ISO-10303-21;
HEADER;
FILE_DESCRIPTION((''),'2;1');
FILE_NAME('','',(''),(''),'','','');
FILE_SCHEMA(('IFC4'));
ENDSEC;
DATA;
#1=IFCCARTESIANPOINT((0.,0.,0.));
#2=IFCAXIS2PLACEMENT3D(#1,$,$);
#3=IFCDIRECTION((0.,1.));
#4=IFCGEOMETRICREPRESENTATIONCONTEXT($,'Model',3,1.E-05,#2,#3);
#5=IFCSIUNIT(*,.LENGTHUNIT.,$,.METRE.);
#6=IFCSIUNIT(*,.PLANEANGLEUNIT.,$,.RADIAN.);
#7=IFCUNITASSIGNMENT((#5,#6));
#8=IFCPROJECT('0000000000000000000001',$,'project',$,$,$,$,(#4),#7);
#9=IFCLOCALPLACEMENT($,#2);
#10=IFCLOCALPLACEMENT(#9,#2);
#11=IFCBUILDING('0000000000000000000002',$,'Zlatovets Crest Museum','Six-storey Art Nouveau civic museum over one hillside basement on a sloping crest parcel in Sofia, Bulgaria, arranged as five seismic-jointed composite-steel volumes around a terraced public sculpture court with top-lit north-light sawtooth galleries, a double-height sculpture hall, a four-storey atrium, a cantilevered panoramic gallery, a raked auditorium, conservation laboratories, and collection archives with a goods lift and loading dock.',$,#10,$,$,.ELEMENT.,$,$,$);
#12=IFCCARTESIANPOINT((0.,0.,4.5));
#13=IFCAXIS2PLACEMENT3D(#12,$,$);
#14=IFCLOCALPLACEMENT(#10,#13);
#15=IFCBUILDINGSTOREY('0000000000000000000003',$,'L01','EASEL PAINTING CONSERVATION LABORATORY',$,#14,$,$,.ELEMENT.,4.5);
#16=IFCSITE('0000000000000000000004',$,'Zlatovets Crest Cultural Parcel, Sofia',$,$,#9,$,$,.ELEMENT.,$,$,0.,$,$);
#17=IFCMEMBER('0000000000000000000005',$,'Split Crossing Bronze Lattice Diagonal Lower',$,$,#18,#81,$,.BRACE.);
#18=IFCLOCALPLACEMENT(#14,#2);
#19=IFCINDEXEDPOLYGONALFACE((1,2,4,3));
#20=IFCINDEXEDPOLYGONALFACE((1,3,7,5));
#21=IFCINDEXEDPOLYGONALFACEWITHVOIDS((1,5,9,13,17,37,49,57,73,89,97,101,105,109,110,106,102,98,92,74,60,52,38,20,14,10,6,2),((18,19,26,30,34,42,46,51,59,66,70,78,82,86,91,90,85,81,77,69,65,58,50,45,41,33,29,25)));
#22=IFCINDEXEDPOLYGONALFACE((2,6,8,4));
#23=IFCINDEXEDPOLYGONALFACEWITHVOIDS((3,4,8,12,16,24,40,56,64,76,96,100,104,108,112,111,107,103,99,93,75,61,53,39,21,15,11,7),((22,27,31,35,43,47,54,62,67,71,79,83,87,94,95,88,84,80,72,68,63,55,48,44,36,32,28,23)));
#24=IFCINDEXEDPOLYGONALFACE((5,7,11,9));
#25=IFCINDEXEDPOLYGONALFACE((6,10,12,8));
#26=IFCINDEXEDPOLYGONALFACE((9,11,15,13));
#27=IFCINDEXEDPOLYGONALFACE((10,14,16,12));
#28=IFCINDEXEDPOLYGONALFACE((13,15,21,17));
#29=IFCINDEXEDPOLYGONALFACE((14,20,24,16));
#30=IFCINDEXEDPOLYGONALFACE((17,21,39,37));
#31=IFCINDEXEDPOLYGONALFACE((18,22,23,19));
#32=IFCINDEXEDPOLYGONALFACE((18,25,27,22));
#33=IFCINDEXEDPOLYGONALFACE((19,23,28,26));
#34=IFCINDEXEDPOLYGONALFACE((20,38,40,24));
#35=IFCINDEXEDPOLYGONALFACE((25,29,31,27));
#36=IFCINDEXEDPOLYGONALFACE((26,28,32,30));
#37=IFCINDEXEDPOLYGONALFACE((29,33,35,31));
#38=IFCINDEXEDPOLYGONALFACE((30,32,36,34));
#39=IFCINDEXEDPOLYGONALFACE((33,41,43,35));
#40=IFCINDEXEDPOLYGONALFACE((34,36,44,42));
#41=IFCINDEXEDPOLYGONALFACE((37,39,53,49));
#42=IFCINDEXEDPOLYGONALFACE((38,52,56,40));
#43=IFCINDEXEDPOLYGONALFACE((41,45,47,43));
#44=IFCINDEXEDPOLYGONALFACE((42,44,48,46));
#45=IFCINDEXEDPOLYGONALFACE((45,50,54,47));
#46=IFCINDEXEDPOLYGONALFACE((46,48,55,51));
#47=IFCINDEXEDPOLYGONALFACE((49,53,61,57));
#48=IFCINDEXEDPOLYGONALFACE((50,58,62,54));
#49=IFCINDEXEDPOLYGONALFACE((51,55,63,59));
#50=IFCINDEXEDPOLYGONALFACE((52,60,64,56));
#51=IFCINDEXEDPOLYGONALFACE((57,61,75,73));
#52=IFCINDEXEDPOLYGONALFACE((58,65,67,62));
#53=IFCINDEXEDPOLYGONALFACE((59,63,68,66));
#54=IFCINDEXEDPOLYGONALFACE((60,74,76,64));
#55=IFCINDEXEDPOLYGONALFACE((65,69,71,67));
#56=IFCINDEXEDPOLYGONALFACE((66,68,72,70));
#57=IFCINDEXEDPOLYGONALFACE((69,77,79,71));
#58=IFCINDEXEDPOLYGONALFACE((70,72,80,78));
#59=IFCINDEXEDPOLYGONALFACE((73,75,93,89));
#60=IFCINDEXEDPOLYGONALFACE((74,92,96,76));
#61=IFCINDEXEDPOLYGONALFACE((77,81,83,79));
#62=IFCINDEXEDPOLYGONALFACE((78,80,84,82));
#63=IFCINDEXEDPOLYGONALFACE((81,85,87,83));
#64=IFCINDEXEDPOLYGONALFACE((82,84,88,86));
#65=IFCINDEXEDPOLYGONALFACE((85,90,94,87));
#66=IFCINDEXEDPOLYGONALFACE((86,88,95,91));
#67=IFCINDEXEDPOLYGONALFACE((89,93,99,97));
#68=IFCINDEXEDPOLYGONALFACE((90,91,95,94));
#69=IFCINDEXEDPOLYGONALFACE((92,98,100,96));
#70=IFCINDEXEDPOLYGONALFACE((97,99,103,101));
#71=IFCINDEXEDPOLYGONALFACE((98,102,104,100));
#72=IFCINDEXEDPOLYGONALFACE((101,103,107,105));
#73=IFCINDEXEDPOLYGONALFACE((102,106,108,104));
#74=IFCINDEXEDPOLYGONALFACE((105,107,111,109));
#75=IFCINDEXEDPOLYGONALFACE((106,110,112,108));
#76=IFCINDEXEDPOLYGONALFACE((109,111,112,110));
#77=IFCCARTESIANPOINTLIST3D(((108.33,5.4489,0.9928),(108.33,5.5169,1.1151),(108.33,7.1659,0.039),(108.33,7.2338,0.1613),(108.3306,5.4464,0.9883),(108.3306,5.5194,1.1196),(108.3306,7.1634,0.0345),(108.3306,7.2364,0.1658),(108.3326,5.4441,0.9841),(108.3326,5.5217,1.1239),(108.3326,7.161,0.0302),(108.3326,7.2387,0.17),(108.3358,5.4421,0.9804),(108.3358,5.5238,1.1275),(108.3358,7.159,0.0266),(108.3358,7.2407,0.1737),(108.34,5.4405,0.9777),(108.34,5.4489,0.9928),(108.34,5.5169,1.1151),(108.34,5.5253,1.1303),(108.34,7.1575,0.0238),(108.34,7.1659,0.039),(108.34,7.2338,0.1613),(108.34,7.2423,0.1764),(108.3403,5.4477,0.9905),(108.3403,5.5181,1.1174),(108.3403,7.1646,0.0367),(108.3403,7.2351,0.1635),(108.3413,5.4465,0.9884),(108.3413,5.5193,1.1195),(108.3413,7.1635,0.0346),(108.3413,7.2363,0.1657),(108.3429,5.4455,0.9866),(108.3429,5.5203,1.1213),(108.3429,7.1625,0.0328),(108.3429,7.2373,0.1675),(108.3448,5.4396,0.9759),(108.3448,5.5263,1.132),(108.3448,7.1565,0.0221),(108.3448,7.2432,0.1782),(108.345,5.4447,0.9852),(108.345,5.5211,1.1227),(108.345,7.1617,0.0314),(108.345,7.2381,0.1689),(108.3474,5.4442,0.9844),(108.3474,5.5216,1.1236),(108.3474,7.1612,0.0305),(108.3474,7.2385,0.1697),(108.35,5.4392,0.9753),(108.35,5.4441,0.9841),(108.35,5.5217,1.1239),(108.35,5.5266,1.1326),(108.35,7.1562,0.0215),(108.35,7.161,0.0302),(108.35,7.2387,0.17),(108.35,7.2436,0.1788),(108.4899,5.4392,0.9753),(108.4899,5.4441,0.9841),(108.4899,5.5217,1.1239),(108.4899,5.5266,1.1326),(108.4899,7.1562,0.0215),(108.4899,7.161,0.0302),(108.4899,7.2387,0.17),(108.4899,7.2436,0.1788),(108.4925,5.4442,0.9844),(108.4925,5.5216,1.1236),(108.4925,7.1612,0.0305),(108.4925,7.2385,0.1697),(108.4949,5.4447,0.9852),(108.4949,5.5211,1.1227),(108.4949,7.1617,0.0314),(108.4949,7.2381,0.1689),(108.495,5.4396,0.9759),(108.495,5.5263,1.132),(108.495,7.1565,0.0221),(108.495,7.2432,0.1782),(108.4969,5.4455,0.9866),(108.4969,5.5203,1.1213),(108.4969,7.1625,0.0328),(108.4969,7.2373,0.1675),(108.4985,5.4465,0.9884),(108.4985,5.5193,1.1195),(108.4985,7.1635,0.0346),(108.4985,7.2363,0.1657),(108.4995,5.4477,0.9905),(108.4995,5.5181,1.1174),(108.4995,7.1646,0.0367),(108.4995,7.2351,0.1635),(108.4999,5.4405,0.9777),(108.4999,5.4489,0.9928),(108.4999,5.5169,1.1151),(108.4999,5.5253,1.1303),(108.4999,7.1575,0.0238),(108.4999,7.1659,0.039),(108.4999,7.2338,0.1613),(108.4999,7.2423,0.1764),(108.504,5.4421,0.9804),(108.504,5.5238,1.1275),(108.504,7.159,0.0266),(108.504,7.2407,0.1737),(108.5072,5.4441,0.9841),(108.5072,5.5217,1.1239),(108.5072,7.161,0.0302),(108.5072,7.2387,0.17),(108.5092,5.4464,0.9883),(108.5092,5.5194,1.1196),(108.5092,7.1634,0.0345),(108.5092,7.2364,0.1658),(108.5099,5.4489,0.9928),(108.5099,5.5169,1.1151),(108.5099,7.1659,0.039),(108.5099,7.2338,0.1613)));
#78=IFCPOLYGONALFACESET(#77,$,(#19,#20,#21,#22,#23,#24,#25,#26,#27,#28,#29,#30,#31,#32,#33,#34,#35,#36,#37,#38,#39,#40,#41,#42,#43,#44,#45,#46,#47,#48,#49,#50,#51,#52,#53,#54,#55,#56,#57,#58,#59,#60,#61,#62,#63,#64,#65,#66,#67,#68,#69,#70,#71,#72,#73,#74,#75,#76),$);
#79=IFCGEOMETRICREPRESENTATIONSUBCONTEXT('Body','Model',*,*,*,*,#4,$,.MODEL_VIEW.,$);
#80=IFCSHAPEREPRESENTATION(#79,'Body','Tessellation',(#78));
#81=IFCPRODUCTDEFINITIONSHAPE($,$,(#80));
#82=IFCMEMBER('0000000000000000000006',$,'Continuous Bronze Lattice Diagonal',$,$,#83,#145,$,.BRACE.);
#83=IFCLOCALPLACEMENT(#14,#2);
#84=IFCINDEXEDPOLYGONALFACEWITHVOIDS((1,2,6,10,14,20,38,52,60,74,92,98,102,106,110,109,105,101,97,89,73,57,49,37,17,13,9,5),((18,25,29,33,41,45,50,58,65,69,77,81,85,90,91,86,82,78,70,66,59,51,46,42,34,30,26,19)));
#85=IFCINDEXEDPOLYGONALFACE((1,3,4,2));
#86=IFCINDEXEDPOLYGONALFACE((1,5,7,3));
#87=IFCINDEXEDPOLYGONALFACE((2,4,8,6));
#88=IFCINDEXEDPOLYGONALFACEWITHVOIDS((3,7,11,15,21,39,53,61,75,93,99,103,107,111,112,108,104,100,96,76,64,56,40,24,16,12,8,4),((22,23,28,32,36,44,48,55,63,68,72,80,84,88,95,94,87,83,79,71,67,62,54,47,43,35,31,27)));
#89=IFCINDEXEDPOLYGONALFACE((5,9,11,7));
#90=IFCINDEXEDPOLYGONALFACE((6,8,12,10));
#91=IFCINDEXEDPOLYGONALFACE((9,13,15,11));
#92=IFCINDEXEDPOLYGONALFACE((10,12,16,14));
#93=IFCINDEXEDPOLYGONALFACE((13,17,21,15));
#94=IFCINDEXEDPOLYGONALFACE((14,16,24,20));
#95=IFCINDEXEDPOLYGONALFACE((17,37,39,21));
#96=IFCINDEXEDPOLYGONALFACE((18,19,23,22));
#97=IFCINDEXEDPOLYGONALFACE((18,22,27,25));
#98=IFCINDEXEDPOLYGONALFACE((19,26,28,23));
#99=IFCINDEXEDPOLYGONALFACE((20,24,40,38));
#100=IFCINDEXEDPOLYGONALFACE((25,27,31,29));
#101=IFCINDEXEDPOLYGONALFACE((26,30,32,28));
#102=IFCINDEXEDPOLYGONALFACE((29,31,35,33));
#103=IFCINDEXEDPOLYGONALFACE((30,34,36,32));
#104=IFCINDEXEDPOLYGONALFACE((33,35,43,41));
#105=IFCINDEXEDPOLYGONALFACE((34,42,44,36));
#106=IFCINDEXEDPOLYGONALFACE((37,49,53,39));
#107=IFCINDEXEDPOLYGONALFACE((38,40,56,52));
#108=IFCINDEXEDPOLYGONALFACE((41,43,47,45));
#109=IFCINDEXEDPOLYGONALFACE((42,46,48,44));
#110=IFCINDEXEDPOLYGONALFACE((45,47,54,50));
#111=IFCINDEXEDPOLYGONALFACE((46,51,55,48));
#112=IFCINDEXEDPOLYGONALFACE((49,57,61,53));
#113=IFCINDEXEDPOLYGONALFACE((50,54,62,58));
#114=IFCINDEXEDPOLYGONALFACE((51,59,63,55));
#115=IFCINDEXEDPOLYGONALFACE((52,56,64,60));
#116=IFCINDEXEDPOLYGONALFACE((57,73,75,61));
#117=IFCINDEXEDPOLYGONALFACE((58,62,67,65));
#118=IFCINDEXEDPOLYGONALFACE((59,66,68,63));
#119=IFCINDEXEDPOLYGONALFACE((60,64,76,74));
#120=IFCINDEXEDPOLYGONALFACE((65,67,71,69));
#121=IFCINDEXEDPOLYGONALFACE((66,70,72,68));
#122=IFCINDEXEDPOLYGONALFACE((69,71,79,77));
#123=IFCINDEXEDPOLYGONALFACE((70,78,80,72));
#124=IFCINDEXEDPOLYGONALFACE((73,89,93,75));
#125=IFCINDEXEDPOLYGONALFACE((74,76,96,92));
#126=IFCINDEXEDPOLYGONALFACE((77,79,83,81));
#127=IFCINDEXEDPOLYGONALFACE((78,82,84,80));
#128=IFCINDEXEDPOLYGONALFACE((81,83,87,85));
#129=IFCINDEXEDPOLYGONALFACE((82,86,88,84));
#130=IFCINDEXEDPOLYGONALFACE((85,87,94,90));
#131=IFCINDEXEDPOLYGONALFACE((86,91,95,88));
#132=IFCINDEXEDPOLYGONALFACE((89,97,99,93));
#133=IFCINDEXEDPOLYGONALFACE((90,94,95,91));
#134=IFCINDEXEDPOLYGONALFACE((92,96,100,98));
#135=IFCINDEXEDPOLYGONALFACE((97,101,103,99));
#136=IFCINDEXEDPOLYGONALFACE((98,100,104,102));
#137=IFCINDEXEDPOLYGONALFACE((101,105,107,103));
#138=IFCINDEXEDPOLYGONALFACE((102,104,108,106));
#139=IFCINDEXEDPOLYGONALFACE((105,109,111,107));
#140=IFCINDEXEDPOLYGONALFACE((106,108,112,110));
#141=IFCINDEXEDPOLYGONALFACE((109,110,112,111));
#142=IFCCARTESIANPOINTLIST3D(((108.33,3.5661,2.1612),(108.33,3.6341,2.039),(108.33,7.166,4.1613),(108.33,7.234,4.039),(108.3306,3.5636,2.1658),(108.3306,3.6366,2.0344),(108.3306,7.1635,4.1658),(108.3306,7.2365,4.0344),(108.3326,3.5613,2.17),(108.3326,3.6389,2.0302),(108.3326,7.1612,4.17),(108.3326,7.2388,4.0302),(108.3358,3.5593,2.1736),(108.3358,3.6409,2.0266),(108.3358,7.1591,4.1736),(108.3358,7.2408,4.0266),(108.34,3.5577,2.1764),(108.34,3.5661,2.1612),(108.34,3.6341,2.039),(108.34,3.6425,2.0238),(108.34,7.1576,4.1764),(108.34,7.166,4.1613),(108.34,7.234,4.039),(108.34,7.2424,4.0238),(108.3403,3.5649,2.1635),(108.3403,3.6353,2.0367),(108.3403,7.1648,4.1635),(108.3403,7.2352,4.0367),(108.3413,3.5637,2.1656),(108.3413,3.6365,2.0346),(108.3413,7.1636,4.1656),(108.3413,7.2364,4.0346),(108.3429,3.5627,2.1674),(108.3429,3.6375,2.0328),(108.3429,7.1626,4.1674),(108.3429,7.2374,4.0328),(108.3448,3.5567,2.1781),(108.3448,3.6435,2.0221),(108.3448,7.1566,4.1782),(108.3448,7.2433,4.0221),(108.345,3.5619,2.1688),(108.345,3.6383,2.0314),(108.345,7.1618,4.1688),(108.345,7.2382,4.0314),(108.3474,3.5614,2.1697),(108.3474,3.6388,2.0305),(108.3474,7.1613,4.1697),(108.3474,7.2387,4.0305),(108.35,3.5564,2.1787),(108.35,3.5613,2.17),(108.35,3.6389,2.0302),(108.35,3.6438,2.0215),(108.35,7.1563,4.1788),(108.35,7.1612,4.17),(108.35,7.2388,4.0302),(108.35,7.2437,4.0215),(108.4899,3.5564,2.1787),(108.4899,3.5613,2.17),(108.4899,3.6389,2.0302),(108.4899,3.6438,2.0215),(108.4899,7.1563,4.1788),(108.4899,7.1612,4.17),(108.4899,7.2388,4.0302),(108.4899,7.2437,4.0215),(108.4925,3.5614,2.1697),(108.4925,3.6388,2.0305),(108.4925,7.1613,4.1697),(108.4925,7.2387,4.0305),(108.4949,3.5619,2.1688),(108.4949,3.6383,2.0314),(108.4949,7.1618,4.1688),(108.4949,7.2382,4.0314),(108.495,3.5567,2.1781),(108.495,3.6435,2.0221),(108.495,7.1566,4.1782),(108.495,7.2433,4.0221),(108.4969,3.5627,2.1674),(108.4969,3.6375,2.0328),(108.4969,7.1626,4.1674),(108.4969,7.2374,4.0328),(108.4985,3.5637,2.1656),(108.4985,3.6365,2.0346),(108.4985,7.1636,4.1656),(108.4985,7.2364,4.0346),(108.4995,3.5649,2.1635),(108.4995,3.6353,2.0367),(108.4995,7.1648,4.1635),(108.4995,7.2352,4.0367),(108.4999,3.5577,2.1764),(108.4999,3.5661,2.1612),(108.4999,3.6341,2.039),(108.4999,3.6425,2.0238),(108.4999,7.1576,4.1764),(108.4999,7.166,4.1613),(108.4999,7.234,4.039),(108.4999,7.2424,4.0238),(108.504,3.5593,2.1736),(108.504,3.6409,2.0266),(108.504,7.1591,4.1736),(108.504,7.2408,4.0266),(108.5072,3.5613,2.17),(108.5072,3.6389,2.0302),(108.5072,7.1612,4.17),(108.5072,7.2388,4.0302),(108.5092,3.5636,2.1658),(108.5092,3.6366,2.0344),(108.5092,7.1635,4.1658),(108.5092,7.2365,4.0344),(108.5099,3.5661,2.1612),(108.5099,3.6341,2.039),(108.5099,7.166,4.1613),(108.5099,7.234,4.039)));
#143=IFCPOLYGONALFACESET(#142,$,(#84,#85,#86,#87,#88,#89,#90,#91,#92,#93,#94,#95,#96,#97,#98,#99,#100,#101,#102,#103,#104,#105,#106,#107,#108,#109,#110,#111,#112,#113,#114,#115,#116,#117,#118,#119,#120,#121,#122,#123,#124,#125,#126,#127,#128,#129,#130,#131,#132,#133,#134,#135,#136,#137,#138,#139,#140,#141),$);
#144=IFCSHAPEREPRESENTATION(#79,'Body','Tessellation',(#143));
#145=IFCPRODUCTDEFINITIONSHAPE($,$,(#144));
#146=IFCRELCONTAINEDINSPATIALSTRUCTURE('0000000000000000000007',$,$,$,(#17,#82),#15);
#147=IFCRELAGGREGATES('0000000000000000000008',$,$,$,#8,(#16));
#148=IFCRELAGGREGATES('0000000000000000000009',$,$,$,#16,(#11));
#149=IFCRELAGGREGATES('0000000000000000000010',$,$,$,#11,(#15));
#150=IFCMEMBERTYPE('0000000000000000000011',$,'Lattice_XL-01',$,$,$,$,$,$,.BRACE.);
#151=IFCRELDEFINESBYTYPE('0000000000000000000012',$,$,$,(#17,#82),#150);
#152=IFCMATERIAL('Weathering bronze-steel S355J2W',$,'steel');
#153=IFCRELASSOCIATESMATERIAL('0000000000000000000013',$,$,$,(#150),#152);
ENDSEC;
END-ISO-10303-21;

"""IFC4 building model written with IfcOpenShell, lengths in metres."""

from ifc_helpers import new_model, si_unit, direction, frame, origin, origin_2d, place, context, subcontext, project, spatial, hollow_rectangle, extrude, material, material_profile, profile_set, type_object, element, save


model = new_model("IFC4")

# Units and contexts
model_context = context("Model", 3, precision=1e-05, world=origin(), true_north=direction((0.0, 1.0)))
body_context = subcontext(model_context, "Body", "Model", "MODEL_VIEW")
ifc_project = project(units=[si_unit("LENGTHUNIT", "METRE"), si_unit("PLANEANGLEUNIT", "RADIAN")], contexts=[model_context])

# Site, building, storey
site_placement = place(None, origin())
site = spatial("IfcSite", under=ifc_project, at=site_placement, Name="Zlatovets Crest Cultural Parcel, Sofia", CompositionType="ELEMENT", RefElevation=0.0)
building_placement = place(site_placement, origin())
building = spatial("IfcBuilding", under=site, at=building_placement, Name="Zlatovets Crest Museum", Description="Six-storey Art Nouveau civic museum over one hillside basement on a sloping crest parcel in Sofia, Bulgaria, arranged as five seismic-jointed composite-steel volumes around a terraced public sculpture court with top-lit north-light sawtooth galleries, a double-height sculpture hall, a four-storey atrium, a cantilevered panoramic gallery, a raked auditorium, conservation laboratories, and collection archives with a goods lift and loading dock.", CompositionType="ELEMENT")
storey_placement = place(building_placement, frame((0.0, 0.0, 4.5)))
storey = spatial("IfcBuildingStorey", under=building, at=storey_placement, Name="L01", Description="EASEL PAINTING CONSERVATION LABORATORY", CompositionType="ELEMENT", Elevation=4.5)

# Members
ifc_material_1 = material(Name="Weathering bronze-steel S355J2W", Category="steel")
ifc_material_profile_1 = material_profile(ifc_material_1, hollow_rectangle(XDim=0.1799, YDim=0.1799, WallThickness=0.01, InnerFilletRadius=0.01, OuterFilletRadius=0.02, at=origin_2d()), Name="SHS 180x180x10.0")
ifc_profile_set_1 = profile_set([ifc_material_profile_1], Name="Weathering bronze-steel S355J2W")
member_type_1 = type_object("IfcMemberType", Name="Lattice_XL-01", PredefinedType="BRACE", material=ifc_profile_set_1)
for number, where, z_axis, x_axis, name in (
    (1, (108.4199, 5.4829, 1.054), (0.0, 0.874169, -0.485622), (-1.0, 0.0, 0.0), "Split Crossing Bronze Lattice Diagonal Lower"),
):
    element("IfcMember", number, at=place(storey_placement, frame(where, z_axis=z_axis, x_axis=x_axis)), inside=storey, type_object=member_type_1, Name=name, PredefinedType="BRACE", context=body_context, shape_type="SweptSolid", body=[
        extrude(hollow_rectangle(XDim=0.1799, YDim=0.1799, WallThickness=0.01, InnerFilletRadius=0.01, OuterFilletRadius=0.02, at=origin_2d()), origin(), (0.0, 0.0, 1.0), 1.9641),
    ])
member_1_placement = place(storey_placement, frame((108.4199, 3.6001, 2.1001), z_axis=(0.0, 0.874149, 0.485658), x_axis=(-1.0, 0.0, 0.0)))
element("IfcMember", 2, at=member_1_placement, inside=storey, type_object=member_type_1, Name="Continuous Bronze Lattice Diagonal", PredefinedType="BRACE", context=body_context, shape_type="SweptSolid", body=[
    extrude(hollow_rectangle(XDim=0.1799, YDim=0.1799, WallThickness=0.01, InnerFilletRadius=0.01, OuterFilletRadius=0.02, at=origin_2d()), origin(), (0.0, 0.0, 1.0), 4.1182),
])

save(model, "model.ifc")
